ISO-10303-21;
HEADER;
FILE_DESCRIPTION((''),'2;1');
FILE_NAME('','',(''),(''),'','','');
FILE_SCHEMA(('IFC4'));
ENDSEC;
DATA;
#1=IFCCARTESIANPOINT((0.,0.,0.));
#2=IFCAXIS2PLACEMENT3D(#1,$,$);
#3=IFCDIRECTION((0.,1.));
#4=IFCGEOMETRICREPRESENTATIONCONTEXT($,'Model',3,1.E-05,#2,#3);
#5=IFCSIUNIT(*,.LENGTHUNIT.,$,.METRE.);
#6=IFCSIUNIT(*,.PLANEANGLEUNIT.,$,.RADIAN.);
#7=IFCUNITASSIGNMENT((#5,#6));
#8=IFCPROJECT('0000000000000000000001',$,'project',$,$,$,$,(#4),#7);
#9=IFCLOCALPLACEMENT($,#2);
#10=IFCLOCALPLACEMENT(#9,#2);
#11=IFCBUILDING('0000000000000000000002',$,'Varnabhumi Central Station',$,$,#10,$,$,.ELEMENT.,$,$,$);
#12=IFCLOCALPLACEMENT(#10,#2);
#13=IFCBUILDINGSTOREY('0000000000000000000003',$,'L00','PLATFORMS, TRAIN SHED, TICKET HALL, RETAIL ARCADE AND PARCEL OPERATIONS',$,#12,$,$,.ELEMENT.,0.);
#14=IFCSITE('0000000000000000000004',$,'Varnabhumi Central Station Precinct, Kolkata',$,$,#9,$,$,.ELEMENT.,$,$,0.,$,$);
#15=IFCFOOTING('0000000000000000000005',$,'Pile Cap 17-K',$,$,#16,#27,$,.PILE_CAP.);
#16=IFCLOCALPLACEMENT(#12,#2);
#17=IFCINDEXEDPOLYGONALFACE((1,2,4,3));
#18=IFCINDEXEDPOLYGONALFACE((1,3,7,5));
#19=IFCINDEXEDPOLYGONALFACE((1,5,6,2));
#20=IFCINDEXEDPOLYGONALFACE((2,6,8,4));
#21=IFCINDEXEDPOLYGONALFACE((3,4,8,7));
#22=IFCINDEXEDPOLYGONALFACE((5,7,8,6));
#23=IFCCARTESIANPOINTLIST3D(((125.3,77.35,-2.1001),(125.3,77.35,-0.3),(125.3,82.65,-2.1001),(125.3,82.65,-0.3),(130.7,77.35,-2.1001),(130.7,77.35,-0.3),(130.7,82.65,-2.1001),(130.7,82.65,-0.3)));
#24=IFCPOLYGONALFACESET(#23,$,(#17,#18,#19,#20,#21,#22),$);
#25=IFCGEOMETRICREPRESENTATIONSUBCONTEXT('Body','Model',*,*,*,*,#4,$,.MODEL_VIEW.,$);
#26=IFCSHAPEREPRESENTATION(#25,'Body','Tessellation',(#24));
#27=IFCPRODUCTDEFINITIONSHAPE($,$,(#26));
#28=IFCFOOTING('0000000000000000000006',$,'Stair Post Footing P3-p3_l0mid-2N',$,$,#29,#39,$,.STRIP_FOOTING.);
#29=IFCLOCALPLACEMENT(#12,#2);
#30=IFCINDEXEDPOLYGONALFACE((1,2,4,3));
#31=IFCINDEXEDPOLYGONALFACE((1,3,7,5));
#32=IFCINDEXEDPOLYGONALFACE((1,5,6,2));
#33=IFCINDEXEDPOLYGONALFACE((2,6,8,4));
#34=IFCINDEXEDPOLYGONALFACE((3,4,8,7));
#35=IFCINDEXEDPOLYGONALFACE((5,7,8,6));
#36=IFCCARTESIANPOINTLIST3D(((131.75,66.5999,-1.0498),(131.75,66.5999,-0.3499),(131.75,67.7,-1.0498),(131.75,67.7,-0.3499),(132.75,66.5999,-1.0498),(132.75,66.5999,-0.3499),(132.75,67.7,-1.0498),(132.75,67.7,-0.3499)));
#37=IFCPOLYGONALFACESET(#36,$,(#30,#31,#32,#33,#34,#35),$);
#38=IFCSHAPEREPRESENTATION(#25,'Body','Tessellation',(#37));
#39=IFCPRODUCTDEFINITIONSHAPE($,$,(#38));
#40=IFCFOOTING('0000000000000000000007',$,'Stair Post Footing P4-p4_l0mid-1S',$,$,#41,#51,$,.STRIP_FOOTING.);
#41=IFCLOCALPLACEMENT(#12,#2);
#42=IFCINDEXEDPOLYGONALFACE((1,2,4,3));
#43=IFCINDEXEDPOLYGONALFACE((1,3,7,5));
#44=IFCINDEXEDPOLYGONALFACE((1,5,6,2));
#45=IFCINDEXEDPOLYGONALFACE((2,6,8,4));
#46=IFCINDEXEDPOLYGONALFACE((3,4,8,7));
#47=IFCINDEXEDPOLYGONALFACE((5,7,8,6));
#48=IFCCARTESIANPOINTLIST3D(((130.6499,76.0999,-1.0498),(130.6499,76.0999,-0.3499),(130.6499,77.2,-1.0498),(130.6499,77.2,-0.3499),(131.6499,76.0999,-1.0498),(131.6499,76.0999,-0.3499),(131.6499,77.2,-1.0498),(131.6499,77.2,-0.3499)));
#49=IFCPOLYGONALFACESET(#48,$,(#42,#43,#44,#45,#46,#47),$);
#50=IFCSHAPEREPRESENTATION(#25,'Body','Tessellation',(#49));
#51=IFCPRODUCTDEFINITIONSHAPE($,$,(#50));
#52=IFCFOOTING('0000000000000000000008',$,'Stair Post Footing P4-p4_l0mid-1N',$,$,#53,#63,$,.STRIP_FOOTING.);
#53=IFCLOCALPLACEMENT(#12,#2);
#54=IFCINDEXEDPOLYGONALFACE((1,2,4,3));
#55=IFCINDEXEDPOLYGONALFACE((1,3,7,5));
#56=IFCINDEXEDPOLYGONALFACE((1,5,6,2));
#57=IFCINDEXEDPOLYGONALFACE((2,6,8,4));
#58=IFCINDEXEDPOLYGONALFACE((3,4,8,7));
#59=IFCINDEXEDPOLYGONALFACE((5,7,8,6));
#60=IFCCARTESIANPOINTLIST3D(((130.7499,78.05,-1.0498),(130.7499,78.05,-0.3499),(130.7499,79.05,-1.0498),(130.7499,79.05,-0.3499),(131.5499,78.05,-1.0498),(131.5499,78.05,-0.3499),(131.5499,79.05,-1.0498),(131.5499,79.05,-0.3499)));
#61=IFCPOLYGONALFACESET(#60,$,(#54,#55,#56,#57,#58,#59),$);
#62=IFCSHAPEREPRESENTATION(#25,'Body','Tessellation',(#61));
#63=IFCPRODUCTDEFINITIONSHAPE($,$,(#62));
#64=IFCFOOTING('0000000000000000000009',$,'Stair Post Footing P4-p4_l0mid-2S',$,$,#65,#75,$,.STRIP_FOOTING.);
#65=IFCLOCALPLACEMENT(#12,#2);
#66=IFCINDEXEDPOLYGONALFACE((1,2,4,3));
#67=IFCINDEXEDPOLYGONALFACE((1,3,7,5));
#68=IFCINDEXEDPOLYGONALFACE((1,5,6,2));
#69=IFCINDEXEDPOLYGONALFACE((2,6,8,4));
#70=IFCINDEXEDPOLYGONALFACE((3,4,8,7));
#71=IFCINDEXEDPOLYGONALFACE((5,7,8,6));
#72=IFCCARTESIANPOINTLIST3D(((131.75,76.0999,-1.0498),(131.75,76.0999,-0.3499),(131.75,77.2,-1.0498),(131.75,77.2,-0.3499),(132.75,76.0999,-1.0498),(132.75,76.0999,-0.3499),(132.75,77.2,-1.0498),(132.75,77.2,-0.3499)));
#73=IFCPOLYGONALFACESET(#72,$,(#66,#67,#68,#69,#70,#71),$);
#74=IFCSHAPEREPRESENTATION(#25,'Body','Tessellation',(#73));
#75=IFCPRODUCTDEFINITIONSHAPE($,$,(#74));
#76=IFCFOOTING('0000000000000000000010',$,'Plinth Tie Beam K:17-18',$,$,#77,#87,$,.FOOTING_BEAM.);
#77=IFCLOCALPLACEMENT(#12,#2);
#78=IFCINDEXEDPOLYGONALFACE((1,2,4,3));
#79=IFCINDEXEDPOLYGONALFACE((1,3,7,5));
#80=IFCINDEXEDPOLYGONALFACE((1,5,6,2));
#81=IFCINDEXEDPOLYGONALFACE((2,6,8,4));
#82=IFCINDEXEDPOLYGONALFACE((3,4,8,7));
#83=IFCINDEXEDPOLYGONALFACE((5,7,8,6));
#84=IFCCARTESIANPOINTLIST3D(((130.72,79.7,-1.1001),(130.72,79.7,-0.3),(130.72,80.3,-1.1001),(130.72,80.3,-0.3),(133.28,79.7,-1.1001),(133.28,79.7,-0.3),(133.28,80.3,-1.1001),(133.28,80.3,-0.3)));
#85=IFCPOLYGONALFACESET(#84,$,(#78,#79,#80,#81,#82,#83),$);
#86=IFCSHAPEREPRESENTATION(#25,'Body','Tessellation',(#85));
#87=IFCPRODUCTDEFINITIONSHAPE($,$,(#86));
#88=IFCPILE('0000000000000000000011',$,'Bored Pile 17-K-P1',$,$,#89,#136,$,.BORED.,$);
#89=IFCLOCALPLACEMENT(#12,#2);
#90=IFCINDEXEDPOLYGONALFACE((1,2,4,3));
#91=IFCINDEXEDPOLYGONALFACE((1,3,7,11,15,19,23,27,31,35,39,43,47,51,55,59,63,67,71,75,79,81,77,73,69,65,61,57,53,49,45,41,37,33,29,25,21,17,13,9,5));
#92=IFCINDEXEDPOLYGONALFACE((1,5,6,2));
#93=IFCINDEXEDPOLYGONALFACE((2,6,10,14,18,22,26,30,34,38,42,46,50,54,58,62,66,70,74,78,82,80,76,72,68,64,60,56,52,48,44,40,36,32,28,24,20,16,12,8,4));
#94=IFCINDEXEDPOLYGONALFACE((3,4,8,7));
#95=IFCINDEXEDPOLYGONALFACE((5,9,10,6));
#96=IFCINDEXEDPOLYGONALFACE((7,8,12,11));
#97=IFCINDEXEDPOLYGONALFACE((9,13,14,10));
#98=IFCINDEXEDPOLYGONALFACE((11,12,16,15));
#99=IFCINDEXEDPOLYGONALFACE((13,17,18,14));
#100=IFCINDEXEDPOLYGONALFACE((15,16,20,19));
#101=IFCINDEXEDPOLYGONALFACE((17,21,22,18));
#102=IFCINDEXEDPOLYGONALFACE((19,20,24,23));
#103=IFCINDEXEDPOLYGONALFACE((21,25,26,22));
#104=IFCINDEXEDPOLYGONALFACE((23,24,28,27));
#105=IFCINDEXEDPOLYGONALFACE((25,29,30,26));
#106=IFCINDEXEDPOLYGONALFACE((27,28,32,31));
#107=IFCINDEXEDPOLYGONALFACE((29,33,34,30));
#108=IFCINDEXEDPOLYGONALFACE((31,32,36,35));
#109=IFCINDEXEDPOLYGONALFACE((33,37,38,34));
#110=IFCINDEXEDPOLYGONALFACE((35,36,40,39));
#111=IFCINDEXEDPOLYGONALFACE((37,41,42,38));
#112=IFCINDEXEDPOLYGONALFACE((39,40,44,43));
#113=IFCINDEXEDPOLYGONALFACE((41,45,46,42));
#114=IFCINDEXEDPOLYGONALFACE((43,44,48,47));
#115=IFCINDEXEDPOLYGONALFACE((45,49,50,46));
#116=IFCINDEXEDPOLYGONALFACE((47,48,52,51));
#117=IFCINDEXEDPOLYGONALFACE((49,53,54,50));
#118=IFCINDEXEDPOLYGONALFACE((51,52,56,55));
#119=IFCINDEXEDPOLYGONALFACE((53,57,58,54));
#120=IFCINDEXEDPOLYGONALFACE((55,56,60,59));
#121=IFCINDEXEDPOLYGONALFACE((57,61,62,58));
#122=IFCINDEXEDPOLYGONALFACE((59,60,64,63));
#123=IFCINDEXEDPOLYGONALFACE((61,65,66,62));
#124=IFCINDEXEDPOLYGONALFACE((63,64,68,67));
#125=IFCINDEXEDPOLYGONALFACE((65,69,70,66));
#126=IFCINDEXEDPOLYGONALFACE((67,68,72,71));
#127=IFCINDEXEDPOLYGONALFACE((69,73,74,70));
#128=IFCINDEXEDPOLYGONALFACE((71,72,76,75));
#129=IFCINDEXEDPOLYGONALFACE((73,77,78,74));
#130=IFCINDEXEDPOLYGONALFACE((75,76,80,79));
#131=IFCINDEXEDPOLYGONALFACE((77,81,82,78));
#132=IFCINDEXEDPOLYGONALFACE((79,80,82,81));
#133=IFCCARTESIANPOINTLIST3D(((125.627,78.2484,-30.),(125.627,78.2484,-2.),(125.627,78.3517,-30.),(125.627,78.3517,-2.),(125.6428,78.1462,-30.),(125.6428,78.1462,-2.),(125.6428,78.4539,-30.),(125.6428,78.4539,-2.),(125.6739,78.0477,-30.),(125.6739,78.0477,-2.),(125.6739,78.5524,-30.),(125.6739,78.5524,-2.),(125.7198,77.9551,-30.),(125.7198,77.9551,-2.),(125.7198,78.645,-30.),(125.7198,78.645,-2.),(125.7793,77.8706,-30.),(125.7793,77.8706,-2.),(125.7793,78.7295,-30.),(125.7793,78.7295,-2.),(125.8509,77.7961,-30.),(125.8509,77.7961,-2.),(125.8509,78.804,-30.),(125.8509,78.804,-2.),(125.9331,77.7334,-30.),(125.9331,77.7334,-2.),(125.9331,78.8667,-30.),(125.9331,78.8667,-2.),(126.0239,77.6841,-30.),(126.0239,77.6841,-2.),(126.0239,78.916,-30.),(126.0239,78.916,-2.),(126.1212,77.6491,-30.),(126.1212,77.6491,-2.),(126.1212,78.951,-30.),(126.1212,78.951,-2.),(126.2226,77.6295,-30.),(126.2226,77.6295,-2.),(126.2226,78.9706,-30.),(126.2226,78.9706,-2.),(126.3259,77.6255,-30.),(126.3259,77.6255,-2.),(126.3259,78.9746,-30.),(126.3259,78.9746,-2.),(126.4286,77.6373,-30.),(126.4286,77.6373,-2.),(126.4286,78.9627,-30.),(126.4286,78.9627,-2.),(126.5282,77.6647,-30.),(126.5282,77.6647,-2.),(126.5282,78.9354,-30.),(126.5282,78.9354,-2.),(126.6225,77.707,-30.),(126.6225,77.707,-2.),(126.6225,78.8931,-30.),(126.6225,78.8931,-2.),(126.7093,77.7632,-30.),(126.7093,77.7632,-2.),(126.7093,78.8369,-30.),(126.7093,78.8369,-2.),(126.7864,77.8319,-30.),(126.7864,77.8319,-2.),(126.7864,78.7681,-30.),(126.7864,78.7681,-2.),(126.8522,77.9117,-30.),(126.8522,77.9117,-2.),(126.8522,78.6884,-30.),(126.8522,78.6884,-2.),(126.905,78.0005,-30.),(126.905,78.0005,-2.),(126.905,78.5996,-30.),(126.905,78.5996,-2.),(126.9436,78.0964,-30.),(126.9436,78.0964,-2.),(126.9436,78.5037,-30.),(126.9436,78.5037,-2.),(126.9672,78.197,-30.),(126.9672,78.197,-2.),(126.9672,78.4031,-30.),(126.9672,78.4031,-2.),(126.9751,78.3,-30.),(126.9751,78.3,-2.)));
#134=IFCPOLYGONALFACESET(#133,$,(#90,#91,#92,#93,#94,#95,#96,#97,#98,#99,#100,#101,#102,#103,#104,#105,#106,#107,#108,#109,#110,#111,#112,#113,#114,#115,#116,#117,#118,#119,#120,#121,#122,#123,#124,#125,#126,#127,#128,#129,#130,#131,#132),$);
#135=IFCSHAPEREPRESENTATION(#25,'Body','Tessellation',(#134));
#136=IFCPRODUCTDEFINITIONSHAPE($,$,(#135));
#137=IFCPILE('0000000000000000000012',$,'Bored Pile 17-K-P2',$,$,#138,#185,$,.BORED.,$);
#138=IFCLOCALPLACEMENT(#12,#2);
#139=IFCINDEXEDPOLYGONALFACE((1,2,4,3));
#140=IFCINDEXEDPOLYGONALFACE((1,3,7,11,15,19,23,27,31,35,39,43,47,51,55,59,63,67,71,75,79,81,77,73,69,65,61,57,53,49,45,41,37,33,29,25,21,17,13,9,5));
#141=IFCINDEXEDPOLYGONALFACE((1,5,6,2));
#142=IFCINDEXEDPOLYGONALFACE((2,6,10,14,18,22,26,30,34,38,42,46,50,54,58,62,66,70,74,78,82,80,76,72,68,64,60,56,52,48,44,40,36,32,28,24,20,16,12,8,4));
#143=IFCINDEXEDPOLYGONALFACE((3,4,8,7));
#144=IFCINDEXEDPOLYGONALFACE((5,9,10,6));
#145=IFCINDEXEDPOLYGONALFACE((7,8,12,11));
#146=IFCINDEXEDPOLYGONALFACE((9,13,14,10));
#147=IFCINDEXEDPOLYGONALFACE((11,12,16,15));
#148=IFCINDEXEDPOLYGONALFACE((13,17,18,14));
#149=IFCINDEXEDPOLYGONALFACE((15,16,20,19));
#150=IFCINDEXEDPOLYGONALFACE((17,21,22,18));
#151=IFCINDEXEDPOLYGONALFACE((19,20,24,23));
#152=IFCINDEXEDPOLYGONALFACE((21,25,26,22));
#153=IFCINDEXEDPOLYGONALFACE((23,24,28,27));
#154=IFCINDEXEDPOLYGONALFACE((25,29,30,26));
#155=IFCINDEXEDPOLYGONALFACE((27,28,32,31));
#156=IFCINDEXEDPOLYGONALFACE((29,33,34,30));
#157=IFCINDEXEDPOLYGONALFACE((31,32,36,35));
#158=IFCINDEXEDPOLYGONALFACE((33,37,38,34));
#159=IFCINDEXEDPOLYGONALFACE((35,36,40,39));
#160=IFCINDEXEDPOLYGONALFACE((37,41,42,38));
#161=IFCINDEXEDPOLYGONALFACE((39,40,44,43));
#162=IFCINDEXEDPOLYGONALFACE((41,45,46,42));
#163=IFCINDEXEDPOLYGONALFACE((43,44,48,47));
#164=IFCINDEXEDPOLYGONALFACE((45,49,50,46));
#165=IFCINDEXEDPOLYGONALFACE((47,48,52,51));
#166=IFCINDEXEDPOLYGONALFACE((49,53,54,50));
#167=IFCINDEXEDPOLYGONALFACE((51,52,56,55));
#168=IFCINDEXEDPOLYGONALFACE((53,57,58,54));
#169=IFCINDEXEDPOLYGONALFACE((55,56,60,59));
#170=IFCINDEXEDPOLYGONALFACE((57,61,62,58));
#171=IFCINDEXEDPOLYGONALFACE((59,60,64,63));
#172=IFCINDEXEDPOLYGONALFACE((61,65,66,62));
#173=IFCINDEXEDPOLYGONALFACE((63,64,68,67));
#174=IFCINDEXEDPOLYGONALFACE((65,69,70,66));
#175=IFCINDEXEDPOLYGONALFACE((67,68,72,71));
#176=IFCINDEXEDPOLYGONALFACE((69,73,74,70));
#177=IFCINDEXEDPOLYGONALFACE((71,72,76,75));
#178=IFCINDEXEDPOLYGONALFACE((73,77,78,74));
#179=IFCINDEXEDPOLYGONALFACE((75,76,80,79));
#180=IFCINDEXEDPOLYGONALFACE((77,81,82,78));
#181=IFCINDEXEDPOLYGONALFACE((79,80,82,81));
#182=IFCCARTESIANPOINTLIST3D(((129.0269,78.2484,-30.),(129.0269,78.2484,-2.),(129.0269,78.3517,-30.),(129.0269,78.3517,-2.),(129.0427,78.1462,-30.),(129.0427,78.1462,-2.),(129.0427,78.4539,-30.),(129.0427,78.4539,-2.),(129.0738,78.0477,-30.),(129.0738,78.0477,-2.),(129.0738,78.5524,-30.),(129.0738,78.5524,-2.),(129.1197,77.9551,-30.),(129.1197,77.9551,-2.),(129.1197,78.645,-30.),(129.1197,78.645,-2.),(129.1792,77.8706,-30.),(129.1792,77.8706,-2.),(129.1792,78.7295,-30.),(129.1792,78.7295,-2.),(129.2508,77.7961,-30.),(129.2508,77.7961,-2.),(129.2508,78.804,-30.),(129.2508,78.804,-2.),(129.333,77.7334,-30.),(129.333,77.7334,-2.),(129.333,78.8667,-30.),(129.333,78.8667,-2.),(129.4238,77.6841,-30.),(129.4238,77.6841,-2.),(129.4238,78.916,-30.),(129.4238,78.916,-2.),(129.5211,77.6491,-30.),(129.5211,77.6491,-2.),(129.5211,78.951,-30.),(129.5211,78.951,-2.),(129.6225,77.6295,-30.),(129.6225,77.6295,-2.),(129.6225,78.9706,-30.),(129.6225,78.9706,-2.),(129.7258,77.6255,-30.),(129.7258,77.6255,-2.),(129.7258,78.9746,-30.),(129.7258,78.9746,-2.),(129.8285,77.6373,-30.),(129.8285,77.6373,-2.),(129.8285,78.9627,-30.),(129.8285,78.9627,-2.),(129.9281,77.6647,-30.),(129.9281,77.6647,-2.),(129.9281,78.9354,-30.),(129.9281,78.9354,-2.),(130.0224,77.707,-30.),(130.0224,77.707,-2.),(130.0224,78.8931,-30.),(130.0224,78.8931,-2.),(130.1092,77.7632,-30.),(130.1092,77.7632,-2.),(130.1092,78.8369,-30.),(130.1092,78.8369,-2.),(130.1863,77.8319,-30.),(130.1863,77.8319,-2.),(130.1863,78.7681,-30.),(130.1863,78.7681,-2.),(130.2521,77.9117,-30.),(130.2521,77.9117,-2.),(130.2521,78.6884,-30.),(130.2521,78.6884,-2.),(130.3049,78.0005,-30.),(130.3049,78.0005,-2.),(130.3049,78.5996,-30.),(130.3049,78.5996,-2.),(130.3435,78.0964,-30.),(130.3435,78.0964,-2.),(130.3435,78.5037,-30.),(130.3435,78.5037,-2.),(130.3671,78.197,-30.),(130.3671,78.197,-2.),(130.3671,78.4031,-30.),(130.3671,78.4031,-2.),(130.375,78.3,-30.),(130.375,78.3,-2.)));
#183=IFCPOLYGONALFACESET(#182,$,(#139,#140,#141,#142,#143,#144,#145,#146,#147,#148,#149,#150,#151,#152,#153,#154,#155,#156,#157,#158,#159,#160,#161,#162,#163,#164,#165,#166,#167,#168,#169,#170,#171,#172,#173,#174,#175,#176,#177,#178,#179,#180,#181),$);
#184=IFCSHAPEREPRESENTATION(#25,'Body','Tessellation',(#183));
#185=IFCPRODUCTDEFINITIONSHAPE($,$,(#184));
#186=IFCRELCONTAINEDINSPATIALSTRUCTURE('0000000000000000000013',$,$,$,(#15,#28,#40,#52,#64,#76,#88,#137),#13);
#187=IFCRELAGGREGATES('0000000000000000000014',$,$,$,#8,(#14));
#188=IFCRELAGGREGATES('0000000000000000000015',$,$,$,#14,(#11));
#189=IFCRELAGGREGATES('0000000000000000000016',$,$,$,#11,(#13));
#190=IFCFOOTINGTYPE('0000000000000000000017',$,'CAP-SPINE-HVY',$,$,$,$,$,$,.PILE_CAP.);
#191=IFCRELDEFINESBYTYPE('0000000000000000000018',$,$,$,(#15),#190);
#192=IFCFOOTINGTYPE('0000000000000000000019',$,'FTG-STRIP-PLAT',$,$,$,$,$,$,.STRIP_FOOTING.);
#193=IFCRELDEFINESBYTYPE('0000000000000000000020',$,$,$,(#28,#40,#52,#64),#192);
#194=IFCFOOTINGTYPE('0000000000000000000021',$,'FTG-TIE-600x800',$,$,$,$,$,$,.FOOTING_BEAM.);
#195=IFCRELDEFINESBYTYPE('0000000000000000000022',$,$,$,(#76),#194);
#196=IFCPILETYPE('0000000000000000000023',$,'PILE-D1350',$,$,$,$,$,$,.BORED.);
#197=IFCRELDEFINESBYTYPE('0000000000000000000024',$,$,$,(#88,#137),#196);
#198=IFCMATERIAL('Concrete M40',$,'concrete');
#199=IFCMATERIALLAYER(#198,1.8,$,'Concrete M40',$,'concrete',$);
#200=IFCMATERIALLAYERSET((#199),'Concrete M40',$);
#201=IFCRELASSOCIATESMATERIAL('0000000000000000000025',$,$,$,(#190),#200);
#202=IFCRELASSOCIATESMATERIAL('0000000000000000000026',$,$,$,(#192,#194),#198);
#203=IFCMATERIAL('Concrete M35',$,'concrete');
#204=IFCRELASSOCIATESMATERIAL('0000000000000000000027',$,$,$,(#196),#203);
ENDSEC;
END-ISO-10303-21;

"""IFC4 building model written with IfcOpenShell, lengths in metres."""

from ifc_helpers import new_model, si_unit, direction, frame, origin, origin_2d, place, context, subcontext, project, spatial, rectangle, circle, extrude, material, layer, layer_set, material_profile, profile_set, type_object, element, save


model = new_model("IFC4")

# Units and contexts
model_context = context("Model", 3, precision=1e-05, world=origin(), true_north=direction((0.0, 1.0)))
body_context = subcontext(model_context, "Body", "Model", "MODEL_VIEW")
ifc_project = project(units=[si_unit("LENGTHUNIT", "METRE"), si_unit("PLANEANGLEUNIT", "RADIAN")], contexts=[model_context])

# Site, building, storey
site_placement = place(None, origin())
site = spatial("IfcSite", under=ifc_project, at=site_placement, Name="Varnabhumi Central Station Precinct, Kolkata", CompositionType="ELEMENT", RefElevation=0.0)
building_placement = place(site_placement, origin())
building = spatial("IfcBuilding", under=site, at=building_placement, Name="Varnabhumi Central Station", CompositionType="ELEMENT")
storey_placement = place(building_placement, origin())
storey = spatial("IfcBuildingStorey", under=building, at=storey_placement, Name="L00", Description="PLATFORMS, TRAIN SHED, TICKET HALL, RETAIL ARCADE AND PARCEL OPERATIONS", CompositionType="ELEMENT", Elevation=0.0)

# Footings
ifc_material_1 = material(Name="Concrete M40", Category="concrete")
ifc_layer_1 = layer(ifc_material_1, 1.8, Name="Concrete M40", Category="concrete")
ifc_layer_set_1 = layer_set([ifc_layer_1], Name="Concrete M40")
footing_type_1 = type_object("IfcFootingType", Name="CAP-SPINE-HVY", PredefinedType="PILE_CAP", material=ifc_layer_set_1)
footing_1_placement = place(storey_placement, frame((128.0, 80.0, -2.1001), z_axis=(0.0, 0.0, 1.0), x_axis=(1.0, 0.0, 0.0)))
element("IfcFooting", 1, at=footing_1_placement, inside=storey, type_object=footing_type_1, Name="Pile Cap 17-K", PredefinedType="PILE_CAP", context=body_context, shape_type="SweptSolid", body=[
    extrude(rectangle(XDim=5.3999, YDim=5.3, at=origin_2d()), origin(), (0.0, 0.0, 1.0), 1.8),
])
footing_type_2 = type_object("IfcFootingType", Name="FTG-STRIP-PLAT", PredefinedType="STRIP_FOOTING", material=ifc_material_1)
for number, where, z_axis, x_axis, name in (
    (2, (132.25, 67.1499, -1.0498), (0.0, 0.0, 1.0), (1.0, 0.0, 0.0), "Stair Post Footing P3-p3_l0mid-2N"),
    (3, (131.1499, 76.6499, -1.0498), (0.0, 0.0, 1.0), (1.0, 0.0, 0.0), "Stair Post Footing P4-p4_l0mid-1S"),
):
    element("IfcFooting", number, at=place(storey_placement, frame(where, z_axis=z_axis, x_axis=x_axis)), inside=storey, type_object=footing_type_2, Name=name, PredefinedType="STRIP_FOOTING", context=body_context, shape_type="SweptSolid", body=[
        extrude(rectangle(XDim=1.0, YDim=1.1001, at=origin_2d()), origin(), (0.0, 0.0, 1.0), 0.7),
    ])
footing_2_placement = place(storey_placement, frame((131.1499, 78.55, -1.0498), z_axis=(0.0, 0.0, 1.0), x_axis=(1.0, 0.0, 0.0)))
element("IfcFooting", 4, at=footing_2_placement, inside=storey, type_object=footing_type_2, Name="Stair Post Footing P4-p4_l0mid-1N", PredefinedType="STRIP_FOOTING", context=body_context, shape_type="SweptSolid", body=[
    extrude(rectangle(XDim=0.8, YDim=1.0, at=origin_2d()), origin(), (0.0, 0.0, 1.0), 0.7),
])
footing_3_placement = place(storey_placement, frame((132.25, 76.6499, -1.0498), z_axis=(0.0, 0.0, 1.0), x_axis=(1.0, 0.0, 0.0)))
element("IfcFooting", 5, at=footing_3_placement, inside=storey, type_object=footing_type_2, Name="Stair Post Footing P4-p4_l0mid-2S", PredefinedType="STRIP_FOOTING", context=body_context, shape_type="SweptSolid", body=[
    extrude(rectangle(XDim=1.0, YDim=1.1001, at=origin_2d()), origin(), (0.0, 0.0, 1.0), 0.7),
])
footing_type_3 = type_object("IfcFootingType", Name="FTG-TIE-600x800", PredefinedType="FOOTING_BEAM", material=ifc_material_1)
footing_4_placement = place(storey_placement, frame((132.0, 80.0, -1.1001), z_axis=(0.0, 0.0, 1.0), x_axis=(1.0, 0.0, 0.0)))
element("IfcFooting", 6, at=footing_4_placement, inside=storey, type_object=footing_type_3, Name="Plinth Tie Beam K:17-18", PredefinedType="FOOTING_BEAM", context=body_context, shape_type="SweptSolid", body=[
    extrude(rectangle(XDim=2.5601, YDim=0.6001, at=origin_2d()), origin(), (0.0, 0.0, 1.0), 0.8),
])

# Piles
ifc_material_2 = material(Name="Concrete M35", Category="concrete")
ifc_material_profile_1 = material_profile(ifc_material_2, circle(Radius=0.675, at=origin_2d()), Name="Concrete M35", Category="concrete")
ifc_profile_set_1 = profile_set([ifc_material_profile_1], Name="Concrete M35")
pile_type = type_object("IfcPileType", Name="PILE-D1350", PredefinedType="BORED", material=ifc_profile_set_1)
for number, where, z_axis, x_axis, name in (
    (7, (126.3, 78.3, -2.0), (0.0, 0.0, -1.0), (1.0, 0.0, 0.0), "Bored Pile 17-K-P1"),
    (8, (129.7, 78.3, -2.0), (0.0, 0.0, -1.0), (1.0, 0.0, 0.0), "Bored Pile 17-K-P2"),
):
    element("IfcPile", number, at=place(storey_placement, frame(where, z_axis=z_axis, x_axis=x_axis)), inside=storey, type_object=pile_type, Name=name, PredefinedType="BORED", context=body_context, shape_type="SweptSolid", body=[
        extrude(circle(Radius=0.675, at=origin_2d()), origin(), (0.0, 0.0, 1.0), 28.0),
    ])

save(model, "model.ifc")
